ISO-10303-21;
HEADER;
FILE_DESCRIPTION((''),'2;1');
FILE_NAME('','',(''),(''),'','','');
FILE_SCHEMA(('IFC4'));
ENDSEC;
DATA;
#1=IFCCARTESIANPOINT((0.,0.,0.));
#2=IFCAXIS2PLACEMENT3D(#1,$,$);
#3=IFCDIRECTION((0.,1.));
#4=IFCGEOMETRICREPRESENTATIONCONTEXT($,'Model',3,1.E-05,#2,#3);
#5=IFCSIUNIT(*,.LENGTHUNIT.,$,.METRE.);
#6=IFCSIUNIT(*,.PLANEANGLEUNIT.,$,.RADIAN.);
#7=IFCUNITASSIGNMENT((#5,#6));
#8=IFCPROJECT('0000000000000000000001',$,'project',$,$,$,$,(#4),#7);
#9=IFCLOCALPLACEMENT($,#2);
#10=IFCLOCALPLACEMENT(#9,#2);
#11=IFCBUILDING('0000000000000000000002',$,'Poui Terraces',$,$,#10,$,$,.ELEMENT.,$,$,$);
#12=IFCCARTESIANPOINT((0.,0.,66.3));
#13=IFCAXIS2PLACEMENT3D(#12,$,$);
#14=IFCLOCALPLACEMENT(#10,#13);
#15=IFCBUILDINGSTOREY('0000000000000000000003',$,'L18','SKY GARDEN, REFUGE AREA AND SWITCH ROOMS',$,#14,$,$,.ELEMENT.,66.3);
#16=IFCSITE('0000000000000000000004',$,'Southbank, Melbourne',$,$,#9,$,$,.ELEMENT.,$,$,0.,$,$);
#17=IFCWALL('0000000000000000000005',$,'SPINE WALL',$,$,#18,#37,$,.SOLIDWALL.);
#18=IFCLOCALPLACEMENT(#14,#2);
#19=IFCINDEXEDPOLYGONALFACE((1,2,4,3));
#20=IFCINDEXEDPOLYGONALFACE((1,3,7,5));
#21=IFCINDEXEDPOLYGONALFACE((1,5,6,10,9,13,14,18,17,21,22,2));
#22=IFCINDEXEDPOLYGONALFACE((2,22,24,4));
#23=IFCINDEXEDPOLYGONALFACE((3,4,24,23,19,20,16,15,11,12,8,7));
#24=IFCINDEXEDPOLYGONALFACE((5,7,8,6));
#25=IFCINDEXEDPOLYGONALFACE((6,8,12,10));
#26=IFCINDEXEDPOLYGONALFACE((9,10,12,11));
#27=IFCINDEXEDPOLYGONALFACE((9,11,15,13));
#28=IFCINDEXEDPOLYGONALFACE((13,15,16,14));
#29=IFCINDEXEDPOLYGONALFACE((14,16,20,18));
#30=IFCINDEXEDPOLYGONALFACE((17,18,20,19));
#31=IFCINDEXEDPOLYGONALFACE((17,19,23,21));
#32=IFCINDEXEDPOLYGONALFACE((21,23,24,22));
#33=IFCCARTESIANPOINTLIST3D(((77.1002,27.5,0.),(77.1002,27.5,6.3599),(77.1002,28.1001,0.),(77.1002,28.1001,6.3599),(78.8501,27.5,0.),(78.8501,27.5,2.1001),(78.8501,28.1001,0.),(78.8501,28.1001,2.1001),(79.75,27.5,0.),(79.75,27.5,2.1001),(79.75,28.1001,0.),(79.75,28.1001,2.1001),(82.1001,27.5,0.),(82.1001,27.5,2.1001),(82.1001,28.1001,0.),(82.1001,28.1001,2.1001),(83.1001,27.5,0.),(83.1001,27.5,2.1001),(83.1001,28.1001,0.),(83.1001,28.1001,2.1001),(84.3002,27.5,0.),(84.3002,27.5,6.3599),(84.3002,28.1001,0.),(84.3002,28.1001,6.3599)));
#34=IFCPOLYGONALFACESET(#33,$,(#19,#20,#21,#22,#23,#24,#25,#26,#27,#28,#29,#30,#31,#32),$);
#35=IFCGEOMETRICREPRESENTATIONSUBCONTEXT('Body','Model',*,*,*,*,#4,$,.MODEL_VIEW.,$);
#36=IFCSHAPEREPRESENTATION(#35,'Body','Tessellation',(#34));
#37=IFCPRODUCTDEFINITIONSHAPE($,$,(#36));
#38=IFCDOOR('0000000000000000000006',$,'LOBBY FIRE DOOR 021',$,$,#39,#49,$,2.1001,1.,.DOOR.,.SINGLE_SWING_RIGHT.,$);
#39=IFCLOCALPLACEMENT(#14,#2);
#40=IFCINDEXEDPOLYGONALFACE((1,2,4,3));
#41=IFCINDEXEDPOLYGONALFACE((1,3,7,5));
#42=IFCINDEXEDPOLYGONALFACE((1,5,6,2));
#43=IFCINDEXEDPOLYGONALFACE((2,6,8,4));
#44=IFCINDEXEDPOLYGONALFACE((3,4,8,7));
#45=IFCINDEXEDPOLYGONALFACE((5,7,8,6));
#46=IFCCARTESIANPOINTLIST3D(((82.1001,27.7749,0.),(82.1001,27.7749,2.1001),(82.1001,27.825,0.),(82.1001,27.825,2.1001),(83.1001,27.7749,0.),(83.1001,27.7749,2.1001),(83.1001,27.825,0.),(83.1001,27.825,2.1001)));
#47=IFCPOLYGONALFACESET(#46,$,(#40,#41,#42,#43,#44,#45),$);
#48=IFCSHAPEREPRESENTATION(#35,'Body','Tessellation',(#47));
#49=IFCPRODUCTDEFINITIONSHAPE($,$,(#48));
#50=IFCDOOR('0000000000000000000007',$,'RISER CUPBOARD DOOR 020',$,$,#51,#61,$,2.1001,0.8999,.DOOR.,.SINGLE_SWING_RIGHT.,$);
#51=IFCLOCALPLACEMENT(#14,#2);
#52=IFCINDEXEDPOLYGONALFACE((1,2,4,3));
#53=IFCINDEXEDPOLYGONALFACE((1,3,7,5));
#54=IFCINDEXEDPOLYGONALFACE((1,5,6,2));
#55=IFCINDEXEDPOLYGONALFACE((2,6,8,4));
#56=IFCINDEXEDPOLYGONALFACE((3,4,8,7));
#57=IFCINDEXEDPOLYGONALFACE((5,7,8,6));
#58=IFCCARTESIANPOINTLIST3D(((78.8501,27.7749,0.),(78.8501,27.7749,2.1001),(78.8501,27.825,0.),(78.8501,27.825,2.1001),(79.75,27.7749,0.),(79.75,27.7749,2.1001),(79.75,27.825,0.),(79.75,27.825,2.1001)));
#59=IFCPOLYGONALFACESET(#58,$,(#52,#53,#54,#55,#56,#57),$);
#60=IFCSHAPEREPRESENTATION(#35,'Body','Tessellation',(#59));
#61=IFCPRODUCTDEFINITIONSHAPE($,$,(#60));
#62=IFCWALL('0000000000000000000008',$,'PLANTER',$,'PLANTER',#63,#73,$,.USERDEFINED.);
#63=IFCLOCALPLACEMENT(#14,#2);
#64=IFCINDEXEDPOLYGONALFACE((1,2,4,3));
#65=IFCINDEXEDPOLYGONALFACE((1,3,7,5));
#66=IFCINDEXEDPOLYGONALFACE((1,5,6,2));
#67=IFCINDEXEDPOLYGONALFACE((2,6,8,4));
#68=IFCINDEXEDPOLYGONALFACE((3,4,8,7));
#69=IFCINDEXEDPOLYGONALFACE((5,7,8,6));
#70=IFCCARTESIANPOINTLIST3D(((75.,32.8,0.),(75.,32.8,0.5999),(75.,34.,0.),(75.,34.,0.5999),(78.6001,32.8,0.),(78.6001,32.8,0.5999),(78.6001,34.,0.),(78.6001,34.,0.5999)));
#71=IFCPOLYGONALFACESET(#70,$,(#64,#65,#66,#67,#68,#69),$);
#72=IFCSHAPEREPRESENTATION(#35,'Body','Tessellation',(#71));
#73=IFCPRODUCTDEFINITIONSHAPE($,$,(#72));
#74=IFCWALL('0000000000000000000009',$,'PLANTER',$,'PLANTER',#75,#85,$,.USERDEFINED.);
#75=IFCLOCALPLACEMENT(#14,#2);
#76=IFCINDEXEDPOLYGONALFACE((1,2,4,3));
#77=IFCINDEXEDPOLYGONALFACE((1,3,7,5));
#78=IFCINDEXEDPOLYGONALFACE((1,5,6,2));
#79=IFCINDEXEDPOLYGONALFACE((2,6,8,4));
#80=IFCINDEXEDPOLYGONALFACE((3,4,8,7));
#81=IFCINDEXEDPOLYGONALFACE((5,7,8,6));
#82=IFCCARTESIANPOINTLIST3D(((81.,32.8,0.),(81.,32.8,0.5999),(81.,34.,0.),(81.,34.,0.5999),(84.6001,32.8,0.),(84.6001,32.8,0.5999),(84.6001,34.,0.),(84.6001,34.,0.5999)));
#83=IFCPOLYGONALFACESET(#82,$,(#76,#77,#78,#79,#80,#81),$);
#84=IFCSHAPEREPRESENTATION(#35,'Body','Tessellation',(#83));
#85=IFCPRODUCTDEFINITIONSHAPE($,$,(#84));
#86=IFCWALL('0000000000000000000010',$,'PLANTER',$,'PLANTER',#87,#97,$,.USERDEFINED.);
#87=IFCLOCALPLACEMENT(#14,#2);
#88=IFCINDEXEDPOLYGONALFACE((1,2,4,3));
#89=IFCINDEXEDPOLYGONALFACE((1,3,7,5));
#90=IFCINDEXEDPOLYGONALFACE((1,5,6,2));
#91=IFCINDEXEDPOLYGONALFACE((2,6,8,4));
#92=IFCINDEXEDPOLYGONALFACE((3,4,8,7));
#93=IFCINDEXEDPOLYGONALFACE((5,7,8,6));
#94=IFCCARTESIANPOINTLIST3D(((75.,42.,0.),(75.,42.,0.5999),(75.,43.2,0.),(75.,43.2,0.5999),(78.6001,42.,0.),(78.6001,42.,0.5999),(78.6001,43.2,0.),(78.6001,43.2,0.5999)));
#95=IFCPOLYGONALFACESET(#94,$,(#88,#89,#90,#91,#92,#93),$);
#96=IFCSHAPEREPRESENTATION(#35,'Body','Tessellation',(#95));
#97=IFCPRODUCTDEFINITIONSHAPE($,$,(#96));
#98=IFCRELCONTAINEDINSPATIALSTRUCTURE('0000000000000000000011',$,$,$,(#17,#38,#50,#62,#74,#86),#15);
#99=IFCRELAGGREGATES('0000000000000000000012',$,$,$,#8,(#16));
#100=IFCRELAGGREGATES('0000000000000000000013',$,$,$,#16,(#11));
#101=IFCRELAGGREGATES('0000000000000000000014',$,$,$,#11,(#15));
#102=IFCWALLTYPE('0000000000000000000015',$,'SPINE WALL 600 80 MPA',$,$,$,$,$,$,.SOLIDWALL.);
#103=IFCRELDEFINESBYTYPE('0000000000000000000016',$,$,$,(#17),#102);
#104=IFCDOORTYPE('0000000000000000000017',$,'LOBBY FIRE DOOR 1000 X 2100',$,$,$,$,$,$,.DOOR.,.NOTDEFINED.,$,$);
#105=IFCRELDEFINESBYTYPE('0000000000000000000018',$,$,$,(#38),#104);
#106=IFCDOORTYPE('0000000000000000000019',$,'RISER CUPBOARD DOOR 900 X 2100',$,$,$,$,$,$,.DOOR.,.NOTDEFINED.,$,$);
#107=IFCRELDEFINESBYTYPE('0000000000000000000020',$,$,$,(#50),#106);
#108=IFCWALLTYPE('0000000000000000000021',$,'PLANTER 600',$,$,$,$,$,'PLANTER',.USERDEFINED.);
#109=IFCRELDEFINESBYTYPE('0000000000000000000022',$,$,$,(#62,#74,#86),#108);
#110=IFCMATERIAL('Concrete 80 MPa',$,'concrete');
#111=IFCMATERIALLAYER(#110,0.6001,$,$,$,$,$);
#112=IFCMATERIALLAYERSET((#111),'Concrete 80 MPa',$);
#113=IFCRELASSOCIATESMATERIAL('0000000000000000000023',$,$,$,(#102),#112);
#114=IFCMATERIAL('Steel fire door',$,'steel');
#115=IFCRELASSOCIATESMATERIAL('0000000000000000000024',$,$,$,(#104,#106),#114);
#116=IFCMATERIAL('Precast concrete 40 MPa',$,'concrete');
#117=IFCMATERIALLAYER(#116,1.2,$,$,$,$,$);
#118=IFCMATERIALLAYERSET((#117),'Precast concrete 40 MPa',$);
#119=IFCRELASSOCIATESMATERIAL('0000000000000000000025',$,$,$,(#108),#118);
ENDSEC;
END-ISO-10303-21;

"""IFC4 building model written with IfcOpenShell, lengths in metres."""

from ifc_helpers import new_model, si_unit, direction, frame, frame_2d, origin, place, context, subcontext, project, spatial, polyline, rectangle, outline, extrude, source, transform, mapped, material, layer, layer_set, type_object, element, fill, save


model = new_model("IFC4")

# Units and contexts
model_context = context("Model", 3, precision=1e-05, world=origin(), true_north=direction((0.0, 1.0)))
body_context = subcontext(model_context, "Body", "Model", "MODEL_VIEW")
ifc_project = project(units=[si_unit("LENGTHUNIT", "METRE"), si_unit("PLANEANGLEUNIT", "RADIAN")], contexts=[model_context])

# Site, building, storey
site_placement = place(None, origin())
site = spatial("IfcSite", under=ifc_project, at=site_placement, Name="Southbank, Melbourne", CompositionType="ELEMENT", RefElevation=0.0)
building_placement = place(site_placement, origin())
building = spatial("IfcBuilding", under=site, at=building_placement, Name="Poui Terraces", CompositionType="ELEMENT")
storey_placement = place(building_placement, frame((0.0, 0.0, 66.3)))
storey = spatial("IfcBuildingStorey", under=building, at=storey_placement, Name="L18", Description="SKY GARDEN, REFUGE AREA AND SWITCH ROOMS", CompositionType="ELEMENT", Elevation=66.3)

# Shared definitions
ifc_material_1 = material(Name="Concrete 80 MPa", Category="concrete")

# Shared definitions
ifc_material_2 = material(Name="Steel fire door", Category="steel")

# Wall, openings, doors
ifc_layer_1 = layer(ifc_material_1, 0.6001)
ifc_layer_set_1 = layer_set([ifc_layer_1], Name="Concrete 80 MPa")
wall_type_1 = type_object("IfcWallType", Name="SPINE WALL 600 80 MPA", PredefinedType="SOLIDWALL", material=ifc_layer_set_1)
wall_1_placement = place(storey_placement, frame((77.1001, 27.8, 0.0), z_axis=(0.0, 0.0, 1.0), x_axis=(1.0, 0.0, 0.0)))
wall_1 = element("IfcWall", 1, at=wall_1_placement, inside=storey, type_object=wall_type_1, Name="SPINE WALL", PredefinedType="SOLIDWALL", context=body_context, shape_type="SweptSolid", body=[
    extrude(rectangle(XDim=7.2, YDim=0.6001, at=frame_2d((3.6001, 0.0))), origin(), (0.0, 0.0, 1.0), 6.3599),
])
opening_1_placement = place(wall_1_placement, frame((1.75, 0.0, 0.0)))
opening_1 = element("IfcOpeningElement", 2, at=opening_1_placement, cuts=wall_1, PredefinedType="OPENING", context=body_context, shape_type="SweptSolid", body=[
    extrude(rectangle(XDim=0.8999, YDim=2.1001, at=frame_2d((0.45, 1.05))), frame((0.0, 0.3101, 0.0), z_axis=(0.0, -1.0, 0.0), x_axis=(1.0, 0.0, 0.0)), (0.0, 0.0, 1.0), 0.6201),
])
opening_2_placement = place(wall_1_placement, frame((5.0, 0.0, 0.0)))
opening_2 = element("IfcOpeningElement", 3, at=opening_2_placement, cuts=wall_1, PredefinedType="OPENING", context=body_context, shape_type="SweptSolid", body=[
    extrude(rectangle(XDim=1.0, YDim=2.1001, at=frame_2d((0.5, 1.05))), frame((0.0, 0.3101, 0.0), z_axis=(0.0, -1.0, 0.0), x_axis=(1.0, 0.0, 0.0)), (0.0, 0.0, 1.0), 0.6201),
])
door_type_1 = type_object("IfcDoorType", Name="LOBBY FIRE DOOR 1000 X 2100", OperationType="NOTDEFINED", PredefinedType="DOOR", material=ifc_material_2)
door_1_placement = place(opening_2_placement, origin())
door_1 = element("IfcDoor", 4, at=door_1_placement, inside=storey, type_object=door_type_1, Name="LOBBY FIRE DOOR 021", OperationType="SINGLE_SWING_RIGHT", OverallHeight=2.1001, OverallWidth=1.0, PredefinedType="DOOR", context=body_context, shape_type="SweptSolid", body=[
    extrude(rectangle(XDim=1.0, YDim=2.1001, at=frame_2d((0.5, 1.05))), frame((0.0, 0.0249, 0.0), z_axis=(0.0, -1.0, 0.0), x_axis=(1.0, 0.0, 0.0)), (0.0, 0.0, 1.0), 0.05),
])
fill(opening_2, door_1)
door_type_2 = type_object("IfcDoorType", Name="RISER CUPBOARD DOOR 900 X 2100", OperationType="NOTDEFINED", PredefinedType="DOOR", material=ifc_material_2)
door_2_placement = place(opening_1_placement, origin())
door_2 = element("IfcDoor", 5, at=door_2_placement, inside=storey, type_object=door_type_2, Name="RISER CUPBOARD DOOR 020", OperationType="SINGLE_SWING_RIGHT", OverallHeight=2.1001, OverallWidth=0.8999, PredefinedType="DOOR", context=body_context, shape_type="SweptSolid", body=[
    extrude(rectangle(XDim=0.8999, YDim=2.1001, at=frame_2d((0.45, 1.05))), frame((0.0, 0.0249, 0.0), z_axis=(0.0, -1.0, 0.0), x_axis=(1.0, 0.0, 0.0)), (0.0, 0.0, 1.0), 0.05),
])
fill(opening_1, door_2)

# Walls
ifc_material_3 = material(Name="Precast concrete 40 MPa", Category="concrete")
ifc_layer_2 = layer(ifc_material_3, 1.2)
ifc_layer_set_2 = layer_set([ifc_layer_2], Name="Precast concrete 40 MPa")
wall_type_2 = type_object("IfcWallType", Name="PLANTER 600", ElementType="PLANTER", PredefinedType="USERDEFINED", material=ifc_layer_set_2)
shared_shape_1 = source(origin(), body_context, "Body", "SweptSolid", [
    extrude(outline(polyline([(0.0, 0.0), (3.6001, 0.0), (3.6001, 1.2), (0.0, 1.2), (0.0, 0.0)])), origin(), (0.0, 0.0, 1.0), 0.5999),
])
for number, where, name in (
    (6, (75.0, 32.8, 0.0), "PLANTER"),
    (7, (81.0, 32.8, 0.0), "PLANTER"),
    (8, (75.0, 42.0, 0.0), "PLANTER"),
):
    element("IfcWall", number, at=place(storey_placement, frame(where)), inside=storey, type_object=wall_type_2, Name=name, ObjectType="PLANTER", PredefinedType="USERDEFINED", context=body_context, shape_type="MappedRepresentation", body=[
        mapped(shared_shape_1, transform((0.0, 0.0, 0.0))),
    ])

save(model, "model.ifc")
